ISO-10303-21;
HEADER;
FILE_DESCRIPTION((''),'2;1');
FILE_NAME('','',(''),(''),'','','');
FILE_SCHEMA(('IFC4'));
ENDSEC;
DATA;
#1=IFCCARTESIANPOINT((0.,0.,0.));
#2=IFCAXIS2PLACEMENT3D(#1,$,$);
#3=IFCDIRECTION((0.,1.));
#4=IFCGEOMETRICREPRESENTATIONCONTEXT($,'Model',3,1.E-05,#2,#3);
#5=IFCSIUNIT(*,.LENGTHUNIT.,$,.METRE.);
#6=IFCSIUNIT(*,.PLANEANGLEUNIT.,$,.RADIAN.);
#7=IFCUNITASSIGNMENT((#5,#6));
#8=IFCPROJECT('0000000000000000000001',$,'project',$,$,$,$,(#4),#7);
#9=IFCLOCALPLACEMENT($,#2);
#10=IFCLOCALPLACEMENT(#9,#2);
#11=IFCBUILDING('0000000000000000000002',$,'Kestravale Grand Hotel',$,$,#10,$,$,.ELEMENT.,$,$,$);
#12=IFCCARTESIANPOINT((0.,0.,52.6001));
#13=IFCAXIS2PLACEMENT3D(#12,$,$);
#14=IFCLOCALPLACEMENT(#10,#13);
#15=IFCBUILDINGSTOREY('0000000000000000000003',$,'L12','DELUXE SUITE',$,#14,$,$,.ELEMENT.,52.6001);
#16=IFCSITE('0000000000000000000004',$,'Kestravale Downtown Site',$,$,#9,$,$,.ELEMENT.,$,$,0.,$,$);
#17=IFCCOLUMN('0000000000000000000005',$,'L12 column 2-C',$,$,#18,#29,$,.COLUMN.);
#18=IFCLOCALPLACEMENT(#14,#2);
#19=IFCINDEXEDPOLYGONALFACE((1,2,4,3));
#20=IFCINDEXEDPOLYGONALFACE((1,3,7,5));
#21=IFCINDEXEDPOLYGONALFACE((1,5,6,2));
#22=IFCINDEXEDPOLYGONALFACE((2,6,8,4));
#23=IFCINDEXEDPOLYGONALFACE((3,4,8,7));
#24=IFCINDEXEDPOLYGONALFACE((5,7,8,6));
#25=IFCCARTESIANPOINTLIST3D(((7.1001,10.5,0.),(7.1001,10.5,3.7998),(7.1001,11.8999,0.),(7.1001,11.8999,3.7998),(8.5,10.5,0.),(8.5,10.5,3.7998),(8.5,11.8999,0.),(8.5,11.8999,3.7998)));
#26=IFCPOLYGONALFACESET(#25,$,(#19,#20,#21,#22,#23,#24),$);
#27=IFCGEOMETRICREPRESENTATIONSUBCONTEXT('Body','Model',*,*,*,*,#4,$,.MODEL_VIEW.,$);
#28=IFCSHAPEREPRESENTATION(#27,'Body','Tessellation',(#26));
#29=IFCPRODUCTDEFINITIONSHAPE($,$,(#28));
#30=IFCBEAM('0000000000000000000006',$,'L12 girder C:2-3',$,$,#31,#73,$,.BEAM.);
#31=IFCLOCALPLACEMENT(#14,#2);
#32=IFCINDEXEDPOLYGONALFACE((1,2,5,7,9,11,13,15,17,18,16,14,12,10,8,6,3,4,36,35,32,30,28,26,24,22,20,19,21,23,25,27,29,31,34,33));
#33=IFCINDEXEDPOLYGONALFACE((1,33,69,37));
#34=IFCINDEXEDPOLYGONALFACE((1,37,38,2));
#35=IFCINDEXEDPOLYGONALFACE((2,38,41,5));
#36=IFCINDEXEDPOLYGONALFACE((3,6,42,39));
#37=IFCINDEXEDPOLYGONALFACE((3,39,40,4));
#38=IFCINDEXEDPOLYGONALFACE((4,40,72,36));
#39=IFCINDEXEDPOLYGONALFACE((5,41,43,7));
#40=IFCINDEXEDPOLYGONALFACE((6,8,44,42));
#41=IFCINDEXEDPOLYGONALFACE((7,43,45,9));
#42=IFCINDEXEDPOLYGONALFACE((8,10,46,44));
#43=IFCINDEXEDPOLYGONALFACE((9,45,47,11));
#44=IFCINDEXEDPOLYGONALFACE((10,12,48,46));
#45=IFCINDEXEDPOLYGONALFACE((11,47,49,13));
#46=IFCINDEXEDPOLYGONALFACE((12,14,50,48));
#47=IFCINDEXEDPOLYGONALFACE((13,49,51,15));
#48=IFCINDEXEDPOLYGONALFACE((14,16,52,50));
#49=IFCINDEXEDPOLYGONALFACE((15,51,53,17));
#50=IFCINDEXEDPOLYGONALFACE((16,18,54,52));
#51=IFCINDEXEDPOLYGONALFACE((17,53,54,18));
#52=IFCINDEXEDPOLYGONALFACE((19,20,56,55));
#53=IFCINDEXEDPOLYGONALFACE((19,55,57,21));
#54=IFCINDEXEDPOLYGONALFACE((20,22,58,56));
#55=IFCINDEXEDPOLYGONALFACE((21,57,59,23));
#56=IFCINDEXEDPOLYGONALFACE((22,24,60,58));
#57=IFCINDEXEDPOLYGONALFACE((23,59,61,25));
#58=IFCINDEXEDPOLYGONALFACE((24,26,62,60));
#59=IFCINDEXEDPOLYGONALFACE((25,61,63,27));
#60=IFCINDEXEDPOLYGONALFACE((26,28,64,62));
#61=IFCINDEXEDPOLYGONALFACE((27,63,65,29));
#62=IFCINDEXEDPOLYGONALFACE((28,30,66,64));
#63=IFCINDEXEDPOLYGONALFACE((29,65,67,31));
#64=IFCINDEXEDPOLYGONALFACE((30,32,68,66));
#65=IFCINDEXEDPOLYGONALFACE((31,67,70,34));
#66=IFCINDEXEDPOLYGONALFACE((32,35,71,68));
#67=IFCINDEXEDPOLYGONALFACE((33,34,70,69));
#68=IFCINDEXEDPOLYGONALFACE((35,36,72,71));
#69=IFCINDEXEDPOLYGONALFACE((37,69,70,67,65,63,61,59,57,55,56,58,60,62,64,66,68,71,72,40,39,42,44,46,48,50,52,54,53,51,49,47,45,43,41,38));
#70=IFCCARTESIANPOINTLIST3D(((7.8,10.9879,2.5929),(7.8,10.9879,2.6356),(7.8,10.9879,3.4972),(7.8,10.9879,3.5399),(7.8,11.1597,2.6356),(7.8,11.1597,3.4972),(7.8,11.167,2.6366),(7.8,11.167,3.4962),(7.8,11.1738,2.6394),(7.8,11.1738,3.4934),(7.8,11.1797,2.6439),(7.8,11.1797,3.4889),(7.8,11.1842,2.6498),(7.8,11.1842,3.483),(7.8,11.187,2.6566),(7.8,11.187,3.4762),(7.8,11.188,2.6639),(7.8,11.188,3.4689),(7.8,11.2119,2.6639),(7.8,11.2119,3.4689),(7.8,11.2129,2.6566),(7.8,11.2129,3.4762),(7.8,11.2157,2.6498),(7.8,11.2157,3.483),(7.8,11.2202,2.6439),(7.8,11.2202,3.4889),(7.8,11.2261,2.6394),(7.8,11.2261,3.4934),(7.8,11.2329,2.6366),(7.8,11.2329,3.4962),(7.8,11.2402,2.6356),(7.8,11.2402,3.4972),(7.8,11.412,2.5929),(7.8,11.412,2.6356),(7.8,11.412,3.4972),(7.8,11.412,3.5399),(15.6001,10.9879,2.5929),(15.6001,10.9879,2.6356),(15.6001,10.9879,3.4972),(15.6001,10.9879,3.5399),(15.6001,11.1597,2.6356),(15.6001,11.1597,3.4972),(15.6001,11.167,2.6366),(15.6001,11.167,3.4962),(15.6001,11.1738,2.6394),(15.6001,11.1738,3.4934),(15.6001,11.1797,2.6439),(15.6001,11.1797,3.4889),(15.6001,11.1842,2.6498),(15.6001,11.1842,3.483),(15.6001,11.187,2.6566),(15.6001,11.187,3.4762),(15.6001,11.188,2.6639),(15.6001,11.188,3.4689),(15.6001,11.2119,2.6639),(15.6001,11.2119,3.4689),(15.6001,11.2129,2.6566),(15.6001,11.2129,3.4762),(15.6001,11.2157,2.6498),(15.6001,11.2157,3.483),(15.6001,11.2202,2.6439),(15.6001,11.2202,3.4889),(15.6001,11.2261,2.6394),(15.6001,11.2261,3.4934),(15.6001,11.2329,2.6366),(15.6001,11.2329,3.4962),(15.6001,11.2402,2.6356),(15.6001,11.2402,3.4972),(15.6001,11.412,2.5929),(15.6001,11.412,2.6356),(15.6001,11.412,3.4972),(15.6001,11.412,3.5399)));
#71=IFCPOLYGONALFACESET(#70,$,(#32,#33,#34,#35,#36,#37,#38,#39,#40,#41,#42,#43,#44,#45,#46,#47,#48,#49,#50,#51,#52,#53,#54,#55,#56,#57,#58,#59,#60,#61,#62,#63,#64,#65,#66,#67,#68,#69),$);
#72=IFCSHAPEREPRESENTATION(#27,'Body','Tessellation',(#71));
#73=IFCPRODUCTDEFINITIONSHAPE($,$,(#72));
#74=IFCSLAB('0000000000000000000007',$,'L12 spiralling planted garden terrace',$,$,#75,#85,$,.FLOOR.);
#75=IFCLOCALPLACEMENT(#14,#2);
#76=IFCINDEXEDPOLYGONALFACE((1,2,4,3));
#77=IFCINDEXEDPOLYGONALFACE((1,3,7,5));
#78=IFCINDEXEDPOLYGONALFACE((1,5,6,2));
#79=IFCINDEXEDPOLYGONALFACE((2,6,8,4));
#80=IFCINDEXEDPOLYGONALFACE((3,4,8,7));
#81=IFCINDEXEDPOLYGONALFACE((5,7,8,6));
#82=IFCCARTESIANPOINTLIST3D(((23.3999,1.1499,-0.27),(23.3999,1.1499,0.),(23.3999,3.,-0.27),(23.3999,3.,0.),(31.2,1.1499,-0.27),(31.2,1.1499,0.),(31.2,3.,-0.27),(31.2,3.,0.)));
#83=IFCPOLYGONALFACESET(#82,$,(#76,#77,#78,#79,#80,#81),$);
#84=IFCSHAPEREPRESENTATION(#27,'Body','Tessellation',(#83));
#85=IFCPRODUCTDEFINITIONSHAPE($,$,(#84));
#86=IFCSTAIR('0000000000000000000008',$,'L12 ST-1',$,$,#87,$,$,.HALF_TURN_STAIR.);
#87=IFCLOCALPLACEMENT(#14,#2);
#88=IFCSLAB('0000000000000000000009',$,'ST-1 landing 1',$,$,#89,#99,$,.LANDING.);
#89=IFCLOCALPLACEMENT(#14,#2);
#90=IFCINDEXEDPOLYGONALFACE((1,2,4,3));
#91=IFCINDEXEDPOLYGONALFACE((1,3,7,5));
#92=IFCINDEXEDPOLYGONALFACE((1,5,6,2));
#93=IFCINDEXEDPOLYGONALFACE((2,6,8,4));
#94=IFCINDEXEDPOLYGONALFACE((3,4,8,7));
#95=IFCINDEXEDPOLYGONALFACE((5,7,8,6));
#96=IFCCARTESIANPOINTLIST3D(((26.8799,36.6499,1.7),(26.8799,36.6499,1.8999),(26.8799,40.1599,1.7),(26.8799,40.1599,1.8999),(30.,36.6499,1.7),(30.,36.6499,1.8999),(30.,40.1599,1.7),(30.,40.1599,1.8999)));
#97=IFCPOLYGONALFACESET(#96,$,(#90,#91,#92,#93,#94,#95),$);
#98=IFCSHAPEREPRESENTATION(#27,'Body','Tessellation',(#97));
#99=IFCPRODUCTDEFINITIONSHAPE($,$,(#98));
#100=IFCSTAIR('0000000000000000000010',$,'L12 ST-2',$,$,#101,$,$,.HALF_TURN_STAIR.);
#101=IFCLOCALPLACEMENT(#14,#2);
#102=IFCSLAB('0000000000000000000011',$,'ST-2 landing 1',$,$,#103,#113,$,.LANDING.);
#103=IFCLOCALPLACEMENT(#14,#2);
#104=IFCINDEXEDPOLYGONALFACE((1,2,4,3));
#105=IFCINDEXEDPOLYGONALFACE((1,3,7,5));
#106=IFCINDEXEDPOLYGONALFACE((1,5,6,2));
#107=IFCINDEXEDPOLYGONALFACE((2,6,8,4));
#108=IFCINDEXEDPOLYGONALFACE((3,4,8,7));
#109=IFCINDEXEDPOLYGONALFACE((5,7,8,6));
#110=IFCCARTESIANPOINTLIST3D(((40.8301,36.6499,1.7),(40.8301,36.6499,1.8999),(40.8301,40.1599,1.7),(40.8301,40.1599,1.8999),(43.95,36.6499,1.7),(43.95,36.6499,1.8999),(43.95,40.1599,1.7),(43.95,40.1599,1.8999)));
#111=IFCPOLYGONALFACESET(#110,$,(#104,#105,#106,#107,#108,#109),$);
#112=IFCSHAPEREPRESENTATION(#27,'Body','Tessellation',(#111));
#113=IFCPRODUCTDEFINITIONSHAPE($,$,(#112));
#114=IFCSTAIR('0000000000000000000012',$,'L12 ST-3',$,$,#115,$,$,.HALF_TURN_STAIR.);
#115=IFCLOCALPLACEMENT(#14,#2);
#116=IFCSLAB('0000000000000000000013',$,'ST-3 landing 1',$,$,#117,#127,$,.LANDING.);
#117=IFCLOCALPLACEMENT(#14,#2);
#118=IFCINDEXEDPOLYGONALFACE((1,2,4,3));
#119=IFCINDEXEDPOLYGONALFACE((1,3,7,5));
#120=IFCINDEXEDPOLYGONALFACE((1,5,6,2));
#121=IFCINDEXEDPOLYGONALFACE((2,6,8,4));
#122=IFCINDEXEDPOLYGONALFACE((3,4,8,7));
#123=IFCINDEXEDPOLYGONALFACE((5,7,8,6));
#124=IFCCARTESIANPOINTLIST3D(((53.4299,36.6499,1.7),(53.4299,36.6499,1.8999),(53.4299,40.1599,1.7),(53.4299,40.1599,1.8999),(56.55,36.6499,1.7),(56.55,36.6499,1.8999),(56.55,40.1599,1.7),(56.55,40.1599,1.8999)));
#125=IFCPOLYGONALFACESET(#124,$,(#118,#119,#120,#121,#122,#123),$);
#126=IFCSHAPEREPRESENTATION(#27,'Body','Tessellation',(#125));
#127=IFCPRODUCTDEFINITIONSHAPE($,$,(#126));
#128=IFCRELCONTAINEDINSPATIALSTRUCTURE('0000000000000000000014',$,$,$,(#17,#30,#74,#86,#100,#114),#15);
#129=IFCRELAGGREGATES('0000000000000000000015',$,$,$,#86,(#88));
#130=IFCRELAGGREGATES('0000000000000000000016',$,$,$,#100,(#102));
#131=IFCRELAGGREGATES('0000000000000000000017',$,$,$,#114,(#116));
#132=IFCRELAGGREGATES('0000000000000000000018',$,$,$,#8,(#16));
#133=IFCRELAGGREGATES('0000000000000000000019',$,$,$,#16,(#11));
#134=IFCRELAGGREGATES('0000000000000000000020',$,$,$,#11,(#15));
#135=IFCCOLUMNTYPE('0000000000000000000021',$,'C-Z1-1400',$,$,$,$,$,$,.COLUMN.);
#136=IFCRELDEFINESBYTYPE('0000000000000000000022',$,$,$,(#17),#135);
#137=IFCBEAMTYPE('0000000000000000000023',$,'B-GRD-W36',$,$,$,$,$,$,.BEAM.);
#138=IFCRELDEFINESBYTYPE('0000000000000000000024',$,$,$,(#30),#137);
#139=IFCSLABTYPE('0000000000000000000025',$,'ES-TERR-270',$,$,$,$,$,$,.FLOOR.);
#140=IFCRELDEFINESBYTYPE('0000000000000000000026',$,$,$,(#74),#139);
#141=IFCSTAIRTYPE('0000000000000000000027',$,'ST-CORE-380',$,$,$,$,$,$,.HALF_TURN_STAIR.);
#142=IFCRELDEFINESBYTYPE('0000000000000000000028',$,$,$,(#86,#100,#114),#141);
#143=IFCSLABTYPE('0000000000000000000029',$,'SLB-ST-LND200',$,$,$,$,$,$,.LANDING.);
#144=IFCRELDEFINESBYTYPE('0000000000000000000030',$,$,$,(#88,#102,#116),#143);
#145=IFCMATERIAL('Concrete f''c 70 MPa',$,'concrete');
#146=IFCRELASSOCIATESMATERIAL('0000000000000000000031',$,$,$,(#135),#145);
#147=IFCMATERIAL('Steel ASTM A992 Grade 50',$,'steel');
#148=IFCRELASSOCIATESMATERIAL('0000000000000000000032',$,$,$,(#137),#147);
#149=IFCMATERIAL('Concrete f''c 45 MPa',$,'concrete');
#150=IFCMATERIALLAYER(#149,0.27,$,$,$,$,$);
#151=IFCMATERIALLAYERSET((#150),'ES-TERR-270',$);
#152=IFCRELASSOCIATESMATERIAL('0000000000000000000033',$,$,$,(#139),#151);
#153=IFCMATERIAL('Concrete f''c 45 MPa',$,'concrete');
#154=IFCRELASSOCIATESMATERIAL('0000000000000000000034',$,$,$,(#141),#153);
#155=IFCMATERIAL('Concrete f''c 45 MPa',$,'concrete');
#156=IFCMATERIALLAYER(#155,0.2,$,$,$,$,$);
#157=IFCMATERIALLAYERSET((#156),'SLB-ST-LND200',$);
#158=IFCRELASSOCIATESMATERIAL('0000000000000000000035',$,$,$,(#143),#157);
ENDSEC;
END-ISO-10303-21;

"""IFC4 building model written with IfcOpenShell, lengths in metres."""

from ifc_helpers import new_model, si_unit, direction, frame, origin, origin_2d, place, context, subcontext, project, spatial, polyline, rectangle, i_section, outline, extrude, material, layer, layer_set, material_profile, profile_set, type_object, element, aggregate, save


model = new_model("IFC4")

# Units and contexts
model_context = context("Model", 3, precision=1e-05, world=origin(), true_north=direction((0.0, 1.0)))
body_context = subcontext(model_context, "Body", "Model", "MODEL_VIEW")
ifc_project = project(units=[si_unit("LENGTHUNIT", "METRE"), si_unit("PLANEANGLEUNIT", "RADIAN")], contexts=[model_context])

# Site, building, storey
site_placement = place(None, origin())
site = spatial("IfcSite", under=ifc_project, at=site_placement, Name="Kestravale Downtown Site", CompositionType="ELEMENT", RefElevation=0.0)
building_placement = place(site_placement, origin())
building = spatial("IfcBuilding", under=site, at=building_placement, Name="Kestravale Grand Hotel", CompositionType="ELEMENT")
storey_placement = place(building_placement, frame((0.0, 0.0, 52.6001)))
storey = spatial("IfcBuildingStorey", under=building, at=storey_placement, Name="L12", Description="DELUXE SUITE", CompositionType="ELEMENT", Elevation=52.6001)

# Column
ifc_material_1 = material(Name="Concrete f'c 70 MPa", Category="concrete")
ifc_material_profile_1 = material_profile(ifc_material_1, rectangle(XDim=1.3999, YDim=1.3999, at=origin_2d()))
ifc_profile_set_1 = profile_set([ifc_material_profile_1], Name="Concrete f'c 70 MPa")
column_type = type_object("IfcColumnType", Name="C-Z1-1400", PredefinedType="COLUMN", material=ifc_profile_set_1)
column_placement = place(storey_placement, frame((7.8, 11.2, 0.0), z_axis=(0.0, 0.0, 1.0), x_axis=(1.0, 0.0, 0.0)))
element("IfcColumn", 1, at=column_placement, inside=storey, type_object=column_type, Name="L12 column 2-C", PredefinedType="COLUMN", context=body_context, shape_type="SweptSolid", body=[
    extrude(rectangle(XDim=1.3999, YDim=1.3999, at=origin_2d()), origin(), (0.0, 0.0, 1.0), 3.7998),
])

# Beam
ifc_material_2 = material(Name="Steel ASTM A992 Grade 50", Category="steel")
ifc_material_profile_2 = material_profile(ifc_material_2, i_section(OverallWidth=0.4241, OverallDepth=0.947, WebThickness=0.0239, FlangeThickness=0.0427, FilletRadius=0.0283, at=origin_2d()))
ifc_profile_set_2 = profile_set([ifc_material_profile_2], Name="Steel ASTM A992 Grade 50")
beam_type = type_object("IfcBeamType", Name="B-GRD-W36", PredefinedType="BEAM", material=ifc_profile_set_2)
beam_placement = place(storey_placement, frame((7.8, 11.2, 3.0664), z_axis=(1.0, 0.0, 0.0), x_axis=(0.0, 1.0, 0.0)))
element("IfcBeam", 2, at=beam_placement, inside=storey, type_object=beam_type, Name="L12 girder C:2-3", PredefinedType="BEAM", context=body_context, shape_type="SweptSolid", body=[
    extrude(i_section(OverallWidth=0.4241, OverallDepth=0.947, WebThickness=0.0239, FlangeThickness=0.0427, FilletRadius=0.0283, at=origin_2d()), origin(), (0.0, 0.0, 1.0), 7.8),
])

# Slab
ifc_material_3 = material(Name="Concrete f'c 45 MPa", Category="concrete")
ifc_layer_1 = layer(ifc_material_3, 0.27)
ifc_layer_set_1 = layer_set([ifc_layer_1], Name="ES-TERR-270")
slab_type_1 = type_object("IfcSlabType", Name="ES-TERR-270", PredefinedType="FLOOR", material=ifc_layer_set_1)
slab_1_placement = place(storey_placement, frame((0.0, 0.0, -0.27)))
element("IfcSlab", 3, at=slab_1_placement, inside=storey, type_object=slab_type_1, Name="L12 spiralling planted garden terrace", PredefinedType="FLOOR", context=body_context, shape_type="SweptSolid", body=[
    extrude(outline(polyline([(23.3999, 1.1499), (31.2, 1.1499), (31.2, 3.0), (23.3999, 3.0), (23.3999, 1.1499)])), origin(), (0.0, 0.0, 1.0), 0.27),
])

# Stairs, slabs
ifc_material_4 = material(Name="Concrete f'c 45 MPa", Category="concrete")
stair_type = type_object("IfcStairType", Name="ST-CORE-380", PredefinedType="HALF_TURN_STAIR", material=ifc_material_4)
stair_1_placement = place(storey_placement, origin())
stair_1 = element("IfcStair", 4, at=stair_1_placement, inside=storey, type_object=stair_type, Name="L12 ST-1", PredefinedType="HALF_TURN_STAIR")
ifc_material_5 = material(Name="Concrete f'c 45 MPa", Category="concrete")
ifc_layer_2 = layer(ifc_material_5, 0.2)
ifc_layer_set_2 = layer_set([ifc_layer_2], Name="SLB-ST-LND200")
slab_type_2 = type_object("IfcSlabType", Name="SLB-ST-LND200", PredefinedType="LANDING", material=ifc_layer_set_2)
slab_2_placement = place(storey_placement, frame((0.0, 0.0, 1.7)))
slab_2 = element("IfcSlab", 5, at=slab_2_placement, type_object=slab_type_2, Name="ST-1 landing 1", PredefinedType="LANDING", context=body_context, shape_type="SweptSolid", body=[
    extrude(outline(polyline([(26.8799, 36.6499), (30.0, 36.6499), (30.0, 40.1599), (26.8799, 40.1599), (26.8799, 36.6499)])), origin(), (0.0, 0.0, 1.0), 0.2),
])
aggregate(stair_1, [slab_2])
stair_2_placement = place(storey_placement, origin())
stair_2 = element("IfcStair", 6, at=stair_2_placement, inside=storey, type_object=stair_type, Name="L12 ST-2", PredefinedType="HALF_TURN_STAIR")
slab_3_placement = place(storey_placement, frame((0.0, 0.0, 1.7)))
slab_3 = element("IfcSlab", 7, at=slab_3_placement, type_object=slab_type_2, Name="ST-2 landing 1", PredefinedType="LANDING", context=body_context, shape_type="SweptSolid", body=[
    extrude(outline(polyline([(40.8301, 36.6499), (43.95, 36.6499), (43.95, 40.1599), (40.8301, 40.1599), (40.8301, 36.6499)])), origin(), (0.0, 0.0, 1.0), 0.2),
])
aggregate(stair_2, [slab_3])
stair_3_placement = place(storey_placement, origin())
stair_3 = element("IfcStair", 8, at=stair_3_placement, inside=storey, type_object=stair_type, Name="L12 ST-3", PredefinedType="HALF_TURN_STAIR")
slab_4_placement = place(storey_placement, frame((0.0, 0.0, 1.7)))
slab_4 = element("IfcSlab", 9, at=slab_4_placement, type_object=slab_type_2, Name="ST-3 landing 1", PredefinedType="LANDING", context=body_context, shape_type="SweptSolid", body=[
    extrude(outline(polyline([(53.4299, 36.6499), (56.55, 36.6499), (56.55, 40.1599), (53.4299, 40.1599), (53.4299, 36.6499)])), origin(), (0.0, 0.0, 1.0), 0.2),
])
aggregate(stair_3, [slab_4])

save(model, "model.ifc")
